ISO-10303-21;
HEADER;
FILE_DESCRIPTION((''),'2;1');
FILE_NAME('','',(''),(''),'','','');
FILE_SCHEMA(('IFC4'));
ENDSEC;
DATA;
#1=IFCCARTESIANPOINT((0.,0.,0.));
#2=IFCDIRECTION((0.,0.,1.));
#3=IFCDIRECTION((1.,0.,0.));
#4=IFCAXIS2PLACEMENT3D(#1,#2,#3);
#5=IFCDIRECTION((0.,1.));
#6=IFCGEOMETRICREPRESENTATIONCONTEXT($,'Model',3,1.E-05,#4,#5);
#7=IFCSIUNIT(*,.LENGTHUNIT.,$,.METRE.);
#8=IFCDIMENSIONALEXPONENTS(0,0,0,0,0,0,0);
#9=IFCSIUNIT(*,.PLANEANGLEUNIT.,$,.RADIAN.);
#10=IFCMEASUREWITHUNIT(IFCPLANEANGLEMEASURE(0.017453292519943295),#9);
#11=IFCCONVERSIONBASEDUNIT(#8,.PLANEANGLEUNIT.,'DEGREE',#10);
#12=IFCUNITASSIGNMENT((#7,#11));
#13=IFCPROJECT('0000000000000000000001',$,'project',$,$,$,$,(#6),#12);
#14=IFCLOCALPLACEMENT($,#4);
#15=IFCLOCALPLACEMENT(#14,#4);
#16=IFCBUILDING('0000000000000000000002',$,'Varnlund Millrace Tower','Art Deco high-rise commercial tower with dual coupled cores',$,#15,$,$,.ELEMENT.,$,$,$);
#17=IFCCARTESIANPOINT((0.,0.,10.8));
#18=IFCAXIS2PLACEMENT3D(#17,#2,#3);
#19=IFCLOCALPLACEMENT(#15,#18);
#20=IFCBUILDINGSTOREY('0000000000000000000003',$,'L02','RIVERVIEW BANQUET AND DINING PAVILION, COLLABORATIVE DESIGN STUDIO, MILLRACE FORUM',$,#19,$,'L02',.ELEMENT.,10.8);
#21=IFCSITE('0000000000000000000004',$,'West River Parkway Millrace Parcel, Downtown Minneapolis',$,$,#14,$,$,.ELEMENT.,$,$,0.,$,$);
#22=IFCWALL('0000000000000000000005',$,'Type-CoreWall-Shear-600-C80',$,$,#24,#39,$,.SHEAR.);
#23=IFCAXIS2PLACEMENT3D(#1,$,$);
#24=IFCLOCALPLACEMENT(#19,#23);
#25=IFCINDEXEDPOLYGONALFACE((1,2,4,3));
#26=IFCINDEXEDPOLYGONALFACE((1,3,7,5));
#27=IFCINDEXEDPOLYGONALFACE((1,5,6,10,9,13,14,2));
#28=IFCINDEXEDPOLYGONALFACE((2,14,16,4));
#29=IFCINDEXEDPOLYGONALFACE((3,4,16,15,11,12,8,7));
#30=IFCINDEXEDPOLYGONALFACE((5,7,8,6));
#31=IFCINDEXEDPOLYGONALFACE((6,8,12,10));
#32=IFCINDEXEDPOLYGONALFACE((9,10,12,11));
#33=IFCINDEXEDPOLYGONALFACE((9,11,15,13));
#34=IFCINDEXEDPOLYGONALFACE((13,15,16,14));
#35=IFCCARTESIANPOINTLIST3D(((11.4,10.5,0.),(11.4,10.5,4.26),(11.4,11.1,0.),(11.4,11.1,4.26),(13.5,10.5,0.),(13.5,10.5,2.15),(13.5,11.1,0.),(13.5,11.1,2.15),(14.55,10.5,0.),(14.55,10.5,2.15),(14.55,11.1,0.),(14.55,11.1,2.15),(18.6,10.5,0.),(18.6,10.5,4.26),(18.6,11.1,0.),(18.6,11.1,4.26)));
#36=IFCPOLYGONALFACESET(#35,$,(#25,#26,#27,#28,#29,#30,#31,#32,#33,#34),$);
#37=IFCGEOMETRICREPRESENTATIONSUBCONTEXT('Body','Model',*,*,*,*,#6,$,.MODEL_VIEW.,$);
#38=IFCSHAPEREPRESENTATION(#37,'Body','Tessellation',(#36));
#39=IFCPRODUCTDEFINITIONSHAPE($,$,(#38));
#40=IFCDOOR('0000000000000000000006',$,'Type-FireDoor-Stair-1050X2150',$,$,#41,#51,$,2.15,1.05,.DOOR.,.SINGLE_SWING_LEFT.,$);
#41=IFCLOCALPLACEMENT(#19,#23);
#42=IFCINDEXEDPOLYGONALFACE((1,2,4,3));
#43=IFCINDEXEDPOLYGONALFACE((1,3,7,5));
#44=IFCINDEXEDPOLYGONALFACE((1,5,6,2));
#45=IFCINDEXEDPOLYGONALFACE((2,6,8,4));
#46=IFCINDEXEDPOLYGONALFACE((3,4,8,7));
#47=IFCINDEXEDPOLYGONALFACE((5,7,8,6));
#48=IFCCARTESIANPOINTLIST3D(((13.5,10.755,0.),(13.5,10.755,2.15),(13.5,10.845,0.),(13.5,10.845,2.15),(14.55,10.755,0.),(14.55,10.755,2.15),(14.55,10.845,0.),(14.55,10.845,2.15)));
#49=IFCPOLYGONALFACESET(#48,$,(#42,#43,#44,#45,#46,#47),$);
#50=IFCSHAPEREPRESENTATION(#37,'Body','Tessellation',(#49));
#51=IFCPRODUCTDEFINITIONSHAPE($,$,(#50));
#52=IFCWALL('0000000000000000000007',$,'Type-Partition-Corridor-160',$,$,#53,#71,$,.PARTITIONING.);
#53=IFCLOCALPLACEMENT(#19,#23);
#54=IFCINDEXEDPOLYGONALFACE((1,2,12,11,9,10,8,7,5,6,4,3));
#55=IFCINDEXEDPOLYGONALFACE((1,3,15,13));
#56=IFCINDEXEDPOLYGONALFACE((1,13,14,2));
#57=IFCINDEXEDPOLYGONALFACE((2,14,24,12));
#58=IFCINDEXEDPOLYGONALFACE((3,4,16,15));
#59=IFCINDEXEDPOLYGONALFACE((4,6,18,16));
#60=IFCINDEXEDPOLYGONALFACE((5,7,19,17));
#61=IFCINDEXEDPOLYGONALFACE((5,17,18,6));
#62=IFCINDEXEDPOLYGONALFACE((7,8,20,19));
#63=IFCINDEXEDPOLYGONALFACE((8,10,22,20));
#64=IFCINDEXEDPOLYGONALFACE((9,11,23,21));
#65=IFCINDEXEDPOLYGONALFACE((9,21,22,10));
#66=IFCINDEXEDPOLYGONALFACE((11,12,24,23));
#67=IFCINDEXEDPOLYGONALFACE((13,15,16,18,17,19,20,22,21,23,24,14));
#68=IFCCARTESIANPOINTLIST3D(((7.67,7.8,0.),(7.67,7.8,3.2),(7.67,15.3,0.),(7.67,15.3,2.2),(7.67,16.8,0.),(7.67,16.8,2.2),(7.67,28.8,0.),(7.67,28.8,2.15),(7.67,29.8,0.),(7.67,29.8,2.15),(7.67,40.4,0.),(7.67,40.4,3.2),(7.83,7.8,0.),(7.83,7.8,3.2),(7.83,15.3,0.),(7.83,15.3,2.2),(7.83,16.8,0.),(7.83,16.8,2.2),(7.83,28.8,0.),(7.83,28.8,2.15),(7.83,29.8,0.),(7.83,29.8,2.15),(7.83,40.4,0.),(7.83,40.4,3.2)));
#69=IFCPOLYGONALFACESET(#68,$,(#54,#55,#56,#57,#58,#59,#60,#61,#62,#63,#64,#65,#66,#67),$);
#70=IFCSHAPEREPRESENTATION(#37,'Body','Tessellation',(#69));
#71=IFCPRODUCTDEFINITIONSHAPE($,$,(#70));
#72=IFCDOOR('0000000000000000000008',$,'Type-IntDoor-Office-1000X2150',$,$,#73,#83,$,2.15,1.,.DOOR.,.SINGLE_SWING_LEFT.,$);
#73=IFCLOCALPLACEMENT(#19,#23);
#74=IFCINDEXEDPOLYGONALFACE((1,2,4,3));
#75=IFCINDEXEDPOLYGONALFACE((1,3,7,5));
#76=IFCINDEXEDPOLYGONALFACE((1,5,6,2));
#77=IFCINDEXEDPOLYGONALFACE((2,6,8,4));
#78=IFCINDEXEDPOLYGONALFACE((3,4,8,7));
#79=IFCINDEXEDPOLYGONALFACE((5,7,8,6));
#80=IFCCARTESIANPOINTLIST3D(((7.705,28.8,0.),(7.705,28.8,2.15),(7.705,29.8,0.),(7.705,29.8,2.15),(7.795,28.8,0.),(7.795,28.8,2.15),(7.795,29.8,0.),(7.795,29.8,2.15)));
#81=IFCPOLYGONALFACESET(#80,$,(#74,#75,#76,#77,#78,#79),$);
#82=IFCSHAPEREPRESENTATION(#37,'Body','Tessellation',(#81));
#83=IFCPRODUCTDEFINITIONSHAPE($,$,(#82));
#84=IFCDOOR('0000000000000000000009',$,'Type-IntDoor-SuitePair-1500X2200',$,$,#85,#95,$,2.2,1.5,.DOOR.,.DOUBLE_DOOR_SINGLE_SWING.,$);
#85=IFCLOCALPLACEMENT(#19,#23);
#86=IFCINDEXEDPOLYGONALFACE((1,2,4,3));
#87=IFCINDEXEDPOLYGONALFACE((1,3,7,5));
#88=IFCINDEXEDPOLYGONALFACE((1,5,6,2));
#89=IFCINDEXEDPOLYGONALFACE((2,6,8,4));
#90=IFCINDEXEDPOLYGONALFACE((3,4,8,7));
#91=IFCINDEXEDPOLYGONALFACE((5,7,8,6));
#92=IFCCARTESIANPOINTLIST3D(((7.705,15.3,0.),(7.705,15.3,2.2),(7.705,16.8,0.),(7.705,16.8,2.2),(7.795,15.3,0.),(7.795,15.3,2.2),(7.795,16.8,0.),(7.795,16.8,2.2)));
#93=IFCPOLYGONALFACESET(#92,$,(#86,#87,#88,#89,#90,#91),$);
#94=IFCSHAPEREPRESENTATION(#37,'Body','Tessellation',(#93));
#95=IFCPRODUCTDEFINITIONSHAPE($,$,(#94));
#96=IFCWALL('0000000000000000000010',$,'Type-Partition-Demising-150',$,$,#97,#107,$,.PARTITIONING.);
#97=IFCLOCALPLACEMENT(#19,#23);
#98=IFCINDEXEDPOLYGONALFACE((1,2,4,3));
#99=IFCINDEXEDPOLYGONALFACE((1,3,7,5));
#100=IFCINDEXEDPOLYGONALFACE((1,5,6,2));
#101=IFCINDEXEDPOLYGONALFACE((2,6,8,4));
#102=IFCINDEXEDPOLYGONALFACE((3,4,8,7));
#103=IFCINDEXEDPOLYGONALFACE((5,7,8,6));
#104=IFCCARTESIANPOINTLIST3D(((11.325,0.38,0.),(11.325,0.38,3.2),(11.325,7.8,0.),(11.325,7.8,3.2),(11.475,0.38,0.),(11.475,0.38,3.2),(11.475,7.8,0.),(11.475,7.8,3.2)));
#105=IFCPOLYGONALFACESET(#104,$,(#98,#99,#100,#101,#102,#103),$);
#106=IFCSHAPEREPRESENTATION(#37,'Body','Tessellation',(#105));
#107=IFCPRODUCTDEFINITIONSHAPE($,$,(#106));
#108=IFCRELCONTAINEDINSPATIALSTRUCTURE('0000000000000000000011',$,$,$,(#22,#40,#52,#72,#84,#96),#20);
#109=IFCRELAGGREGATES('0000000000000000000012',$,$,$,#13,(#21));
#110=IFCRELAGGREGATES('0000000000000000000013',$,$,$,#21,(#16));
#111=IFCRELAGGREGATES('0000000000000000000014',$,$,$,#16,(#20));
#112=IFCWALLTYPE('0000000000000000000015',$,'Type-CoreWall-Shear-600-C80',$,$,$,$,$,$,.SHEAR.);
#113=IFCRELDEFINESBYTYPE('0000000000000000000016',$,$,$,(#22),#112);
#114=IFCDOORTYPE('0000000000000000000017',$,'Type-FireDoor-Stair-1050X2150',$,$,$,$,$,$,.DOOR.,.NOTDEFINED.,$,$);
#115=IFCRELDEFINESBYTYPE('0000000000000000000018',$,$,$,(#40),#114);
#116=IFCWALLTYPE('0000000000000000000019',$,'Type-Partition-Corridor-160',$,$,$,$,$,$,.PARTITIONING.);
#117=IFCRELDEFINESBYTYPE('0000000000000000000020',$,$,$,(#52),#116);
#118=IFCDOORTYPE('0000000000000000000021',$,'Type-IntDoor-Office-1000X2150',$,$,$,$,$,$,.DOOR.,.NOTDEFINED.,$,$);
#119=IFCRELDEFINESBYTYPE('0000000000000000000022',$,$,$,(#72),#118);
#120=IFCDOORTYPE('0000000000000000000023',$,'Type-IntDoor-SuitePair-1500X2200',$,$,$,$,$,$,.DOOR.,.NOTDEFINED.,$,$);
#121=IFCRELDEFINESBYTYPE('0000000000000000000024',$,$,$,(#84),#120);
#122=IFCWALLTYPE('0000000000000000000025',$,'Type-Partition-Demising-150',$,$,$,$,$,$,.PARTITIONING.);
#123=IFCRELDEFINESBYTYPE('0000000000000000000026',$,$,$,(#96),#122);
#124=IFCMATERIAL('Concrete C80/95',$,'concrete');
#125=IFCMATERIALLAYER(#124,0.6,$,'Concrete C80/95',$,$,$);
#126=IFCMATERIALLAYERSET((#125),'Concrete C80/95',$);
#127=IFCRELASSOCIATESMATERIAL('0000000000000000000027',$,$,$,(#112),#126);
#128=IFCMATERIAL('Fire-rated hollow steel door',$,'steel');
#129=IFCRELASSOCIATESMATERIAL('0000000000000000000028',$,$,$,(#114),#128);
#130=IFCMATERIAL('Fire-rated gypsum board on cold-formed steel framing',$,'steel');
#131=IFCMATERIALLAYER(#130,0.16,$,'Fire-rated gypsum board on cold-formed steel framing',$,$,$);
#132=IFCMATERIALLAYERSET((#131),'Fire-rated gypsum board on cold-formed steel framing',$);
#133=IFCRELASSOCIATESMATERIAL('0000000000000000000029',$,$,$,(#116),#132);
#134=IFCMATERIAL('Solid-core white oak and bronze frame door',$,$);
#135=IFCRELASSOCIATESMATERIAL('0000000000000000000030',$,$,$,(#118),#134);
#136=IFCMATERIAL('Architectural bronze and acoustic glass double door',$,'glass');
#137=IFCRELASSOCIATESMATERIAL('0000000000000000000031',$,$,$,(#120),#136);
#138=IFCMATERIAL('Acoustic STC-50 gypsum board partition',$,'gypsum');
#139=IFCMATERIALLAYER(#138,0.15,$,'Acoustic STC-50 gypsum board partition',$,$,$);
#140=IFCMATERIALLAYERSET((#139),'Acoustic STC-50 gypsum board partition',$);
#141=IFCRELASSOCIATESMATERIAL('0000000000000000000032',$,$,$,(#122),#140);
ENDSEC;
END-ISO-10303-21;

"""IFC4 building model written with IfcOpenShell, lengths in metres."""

from ifc_helpers import new_model, entity, si_unit, converted_unit, direction, frame, origin_with_axes, origin_2d_with_axis, place, context, subcontext, project, spatial, polyline, rectangle, outline, extrude, material, layer, layer_set, type_object, element, fill, save


model = new_model("IFC4")

# Units and contexts
model_context = context("Model", 3, precision=1e-05, world=origin_with_axes(), true_north=direction((0.0, 1.0)))
body_context = subcontext(model_context, "Body", "Model", "MODEL_VIEW")
ifc_project = project(units=[si_unit("LENGTHUNIT", "METRE"), converted_unit("PLANEANGLEUNIT", "DEGREE", entity("IfcPlaneAngleMeasure", 0.017453292519943295), si_unit("PLANEANGLEUNIT", "RADIAN"), dimensions=[0, 0, 0, 0, 0, 0, 0])], contexts=[model_context])

# Site, building, storey
site_placement = place(None, origin_with_axes())
site = spatial("IfcSite", under=ifc_project, at=site_placement, Name="West River Parkway Millrace Parcel, Downtown Minneapolis", CompositionType="ELEMENT", RefElevation=0.0)
building_placement = place(site_placement, origin_with_axes())
building = spatial("IfcBuilding", under=site, at=building_placement, Name="Varnlund Millrace Tower", Description="Art Deco high-rise commercial tower with dual coupled cores", CompositionType="ELEMENT")
storey_placement = place(building_placement, frame((0.0, 0.0, 10.8), z_axis=(0.0, 0.0, 1.0), x_axis=(1.0, 0.0, 0.0)))
storey = spatial("IfcBuildingStorey", under=building, at=storey_placement, Name="L02", Description="RIVERVIEW BANQUET AND DINING PAVILION, COLLABORATIVE DESIGN STUDIO, MILLRACE FORUM", LongName="L02", CompositionType="ELEMENT", Elevation=10.8)

# Shared definitions
ifc_material_1 = material(Name="Concrete C80/95", Category="concrete")

# Shared definitions
ifc_layer_1 = layer(ifc_material_1, 0.6, Name="Concrete C80/95")
ifc_layer_set_1 = layer_set([ifc_layer_1], Name="Concrete C80/95")
wall_type_1 = type_object("IfcWallType", Name="Type-CoreWall-Shear-600-C80", PredefinedType="SHEAR", material=ifc_layer_set_1)

# Wall, opening, door
wall_1_placement = place(storey_placement, frame((11.4, 10.8, 0.0), z_axis=(0.0, 0.0, 1.0), x_axis=(1.0, 0.0, 0.0)))
wall_1 = element("IfcWall", 1, at=wall_1_placement, inside=storey, type_object=wall_type_1, Name="Type-CoreWall-Shear-600-C80", PredefinedType="SHEAR", context=body_context, shape_type="SweptSolid", body=[
    extrude(outline(polyline([(0.0, -0.3), (7.2, -0.3), (7.2, 0.3), (0.0, 0.3), (0.0, -0.3)])), origin_with_axes(), (0.0, 0.0, 1.0), 4.26),
])
opening_1_placement = place(wall_1_placement, frame((2.625, 0.0, 0.0), z_axis=(0.0, 0.0, 1.0), x_axis=(1.0, 0.0, 0.0)))
opening_1 = element("IfcOpeningElement", 2, at=opening_1_placement, cuts=wall_1, PredefinedType="OPENING", context=body_context, shape_type="SweptSolid", body=[
    extrude(rectangle(XDim=1.05, YDim=0.62, at=origin_2d_with_axis()), origin_with_axes(), (0.0, 0.0, 1.0), 2.15),
])
ifc_material_2 = material(Name="Fire-rated hollow steel door", Category="steel")
door_type_1 = type_object("IfcDoorType", Name="Type-FireDoor-Stair-1050X2150", OperationType="NOTDEFINED", PredefinedType="DOOR", material=ifc_material_2)
door_1_placement = place(wall_1_placement, frame((2.625, 0.0, 0.0), z_axis=(0.0, 0.0, 1.0), x_axis=(1.0, 0.0, 0.0)))
door_1 = element("IfcDoor", 3, at=door_1_placement, inside=storey, type_object=door_type_1, Name="Type-FireDoor-Stair-1050X2150", OperationType="SINGLE_SWING_LEFT", OverallHeight=2.15, OverallWidth=1.05, PredefinedType="DOOR", context=body_context, shape_type="SweptSolid", body=[
    extrude(rectangle(XDim=1.05, YDim=0.09, at=origin_2d_with_axis()), origin_with_axes(), (0.0, 0.0, 1.0), 2.15),
])
fill(opening_1, door_1)

# Wall, openings, doors
ifc_material_3 = material(Name="Fire-rated gypsum board on cold-formed steel framing", Category="steel")
ifc_layer_2 = layer(ifc_material_3, 0.16, Name="Fire-rated gypsum board on cold-formed steel framing")
ifc_layer_set_2 = layer_set([ifc_layer_2], Name="Fire-rated gypsum board on cold-formed steel framing")
wall_type_2 = type_object("IfcWallType", Name="Type-Partition-Corridor-160", PredefinedType="PARTITIONING", material=ifc_layer_set_2)
wall_2_placement = place(storey_placement, frame((7.75, 7.8, 0.0), z_axis=(0.0, 0.0, 1.0), x_axis=(0.0, 1.0, 0.0)))
wall_2 = element("IfcWall", 4, at=wall_2_placement, inside=storey, type_object=wall_type_2, Name="Type-Partition-Corridor-160", PredefinedType="PARTITIONING", context=body_context, shape_type="SweptSolid", body=[
    extrude(outline(polyline([(0.0, -0.08), (32.6, -0.08), (32.6, 0.08), (0.0, 0.08), (0.0, -0.08)])), origin_with_axes(), (0.0, 0.0, 1.0), 3.2),
])
opening_2_placement = place(wall_2_placement, frame((8.25, 0.0, 0.0), z_axis=(0.0, 0.0, 1.0), x_axis=(1.0, 0.0, 0.0)))
opening_2 = element("IfcOpeningElement", 5, at=opening_2_placement, cuts=wall_2, PredefinedType="OPENING", context=body_context, shape_type="SweptSolid", body=[
    extrude(rectangle(XDim=1.5, YDim=0.18, at=origin_2d_with_axis()), origin_with_axes(), (0.0, 0.0, 1.0), 2.2),
])
opening_3_placement = place(wall_2_placement, frame((21.5, 0.0, 0.0), z_axis=(0.0, 0.0, 1.0), x_axis=(1.0, 0.0, 0.0)))
opening_3 = element("IfcOpeningElement", 6, at=opening_3_placement, cuts=wall_2, PredefinedType="OPENING", context=body_context, shape_type="SweptSolid", body=[
    extrude(rectangle(XDim=1.0, YDim=0.18, at=origin_2d_with_axis()), origin_with_axes(), (0.0, 0.0, 1.0), 2.15),
])
ifc_material_4 = material(Name="Solid-core white oak and bronze frame door")
door_type_2 = type_object("IfcDoorType", Name="Type-IntDoor-Office-1000X2150", OperationType="NOTDEFINED", PredefinedType="DOOR", material=ifc_material_4)
door_2_placement = place(wall_2_placement, frame((21.5, 0.0, 0.0), z_axis=(0.0, 0.0, 1.0), x_axis=(1.0, 0.0, 0.0)))
door_2 = element("IfcDoor", 7, at=door_2_placement, inside=storey, type_object=door_type_2, Name="Type-IntDoor-Office-1000X2150", OperationType="SINGLE_SWING_LEFT", OverallHeight=2.15, OverallWidth=1.0, PredefinedType="DOOR", context=body_context, shape_type="SweptSolid", body=[
    extrude(rectangle(XDim=1.0, YDim=0.09, at=origin_2d_with_axis()), origin_with_axes(), (0.0, 0.0, 1.0), 2.15),
])
fill(opening_3, door_2)
ifc_material_5 = material(Name="Architectural bronze and acoustic glass double door", Category="glass")
door_type_3 = type_object("IfcDoorType", Name="Type-IntDoor-SuitePair-1500X2200", OperationType="NOTDEFINED", PredefinedType="DOOR", material=ifc_material_5)
door_3_placement = place(wall_2_placement, frame((8.25, 0.0, 0.0), z_axis=(0.0, 0.0, 1.0), x_axis=(1.0, 0.0, 0.0)))
door_3 = element("IfcDoor", 8, at=door_3_placement, inside=storey, type_object=door_type_3, Name="Type-IntDoor-SuitePair-1500X2200", OperationType="DOUBLE_DOOR_SINGLE_SWING", OverallHeight=2.2, OverallWidth=1.5, PredefinedType="DOOR", context=body_context, shape_type="SweptSolid", body=[
    extrude(rectangle(XDim=1.5, YDim=0.09, at=origin_2d_with_axis()), origin_with_axes(), (0.0, 0.0, 1.0), 2.2),
])
fill(opening_2, door_3)

# Wall
ifc_material_6 = material(Name="Acoustic STC-50 gypsum board partition", Category="gypsum")
ifc_layer_3 = layer(ifc_material_6, 0.15, Name="Acoustic STC-50 gypsum board partition")
ifc_layer_set_3 = layer_set([ifc_layer_3], Name="Acoustic STC-50 gypsum board partition")
wall_type_3 = type_object("IfcWallType", Name="Type-Partition-Demising-150", PredefinedType="PARTITIONING", material=ifc_layer_set_3)
wall_3_placement = place(storey_placement, frame((11.4, 0.38, 0.0), z_axis=(0.0, 0.0, 1.0), x_axis=(0.0, 1.0, 0.0)))
element("IfcWall", 9, at=wall_3_placement, inside=storey, type_object=wall_type_3, Name="Type-Partition-Demising-150", PredefinedType="PARTITIONING", context=body_context, shape_type="SweptSolid", body=[
    extrude(outline(polyline([(0.0, -0.075), (7.42, -0.075), (7.42, 0.075), (0.0, 0.075), (0.0, -0.075)])), origin_with_axes(), (0.0, 0.0, 1.0), 3.2),
])

save(model, "model.ifc")
